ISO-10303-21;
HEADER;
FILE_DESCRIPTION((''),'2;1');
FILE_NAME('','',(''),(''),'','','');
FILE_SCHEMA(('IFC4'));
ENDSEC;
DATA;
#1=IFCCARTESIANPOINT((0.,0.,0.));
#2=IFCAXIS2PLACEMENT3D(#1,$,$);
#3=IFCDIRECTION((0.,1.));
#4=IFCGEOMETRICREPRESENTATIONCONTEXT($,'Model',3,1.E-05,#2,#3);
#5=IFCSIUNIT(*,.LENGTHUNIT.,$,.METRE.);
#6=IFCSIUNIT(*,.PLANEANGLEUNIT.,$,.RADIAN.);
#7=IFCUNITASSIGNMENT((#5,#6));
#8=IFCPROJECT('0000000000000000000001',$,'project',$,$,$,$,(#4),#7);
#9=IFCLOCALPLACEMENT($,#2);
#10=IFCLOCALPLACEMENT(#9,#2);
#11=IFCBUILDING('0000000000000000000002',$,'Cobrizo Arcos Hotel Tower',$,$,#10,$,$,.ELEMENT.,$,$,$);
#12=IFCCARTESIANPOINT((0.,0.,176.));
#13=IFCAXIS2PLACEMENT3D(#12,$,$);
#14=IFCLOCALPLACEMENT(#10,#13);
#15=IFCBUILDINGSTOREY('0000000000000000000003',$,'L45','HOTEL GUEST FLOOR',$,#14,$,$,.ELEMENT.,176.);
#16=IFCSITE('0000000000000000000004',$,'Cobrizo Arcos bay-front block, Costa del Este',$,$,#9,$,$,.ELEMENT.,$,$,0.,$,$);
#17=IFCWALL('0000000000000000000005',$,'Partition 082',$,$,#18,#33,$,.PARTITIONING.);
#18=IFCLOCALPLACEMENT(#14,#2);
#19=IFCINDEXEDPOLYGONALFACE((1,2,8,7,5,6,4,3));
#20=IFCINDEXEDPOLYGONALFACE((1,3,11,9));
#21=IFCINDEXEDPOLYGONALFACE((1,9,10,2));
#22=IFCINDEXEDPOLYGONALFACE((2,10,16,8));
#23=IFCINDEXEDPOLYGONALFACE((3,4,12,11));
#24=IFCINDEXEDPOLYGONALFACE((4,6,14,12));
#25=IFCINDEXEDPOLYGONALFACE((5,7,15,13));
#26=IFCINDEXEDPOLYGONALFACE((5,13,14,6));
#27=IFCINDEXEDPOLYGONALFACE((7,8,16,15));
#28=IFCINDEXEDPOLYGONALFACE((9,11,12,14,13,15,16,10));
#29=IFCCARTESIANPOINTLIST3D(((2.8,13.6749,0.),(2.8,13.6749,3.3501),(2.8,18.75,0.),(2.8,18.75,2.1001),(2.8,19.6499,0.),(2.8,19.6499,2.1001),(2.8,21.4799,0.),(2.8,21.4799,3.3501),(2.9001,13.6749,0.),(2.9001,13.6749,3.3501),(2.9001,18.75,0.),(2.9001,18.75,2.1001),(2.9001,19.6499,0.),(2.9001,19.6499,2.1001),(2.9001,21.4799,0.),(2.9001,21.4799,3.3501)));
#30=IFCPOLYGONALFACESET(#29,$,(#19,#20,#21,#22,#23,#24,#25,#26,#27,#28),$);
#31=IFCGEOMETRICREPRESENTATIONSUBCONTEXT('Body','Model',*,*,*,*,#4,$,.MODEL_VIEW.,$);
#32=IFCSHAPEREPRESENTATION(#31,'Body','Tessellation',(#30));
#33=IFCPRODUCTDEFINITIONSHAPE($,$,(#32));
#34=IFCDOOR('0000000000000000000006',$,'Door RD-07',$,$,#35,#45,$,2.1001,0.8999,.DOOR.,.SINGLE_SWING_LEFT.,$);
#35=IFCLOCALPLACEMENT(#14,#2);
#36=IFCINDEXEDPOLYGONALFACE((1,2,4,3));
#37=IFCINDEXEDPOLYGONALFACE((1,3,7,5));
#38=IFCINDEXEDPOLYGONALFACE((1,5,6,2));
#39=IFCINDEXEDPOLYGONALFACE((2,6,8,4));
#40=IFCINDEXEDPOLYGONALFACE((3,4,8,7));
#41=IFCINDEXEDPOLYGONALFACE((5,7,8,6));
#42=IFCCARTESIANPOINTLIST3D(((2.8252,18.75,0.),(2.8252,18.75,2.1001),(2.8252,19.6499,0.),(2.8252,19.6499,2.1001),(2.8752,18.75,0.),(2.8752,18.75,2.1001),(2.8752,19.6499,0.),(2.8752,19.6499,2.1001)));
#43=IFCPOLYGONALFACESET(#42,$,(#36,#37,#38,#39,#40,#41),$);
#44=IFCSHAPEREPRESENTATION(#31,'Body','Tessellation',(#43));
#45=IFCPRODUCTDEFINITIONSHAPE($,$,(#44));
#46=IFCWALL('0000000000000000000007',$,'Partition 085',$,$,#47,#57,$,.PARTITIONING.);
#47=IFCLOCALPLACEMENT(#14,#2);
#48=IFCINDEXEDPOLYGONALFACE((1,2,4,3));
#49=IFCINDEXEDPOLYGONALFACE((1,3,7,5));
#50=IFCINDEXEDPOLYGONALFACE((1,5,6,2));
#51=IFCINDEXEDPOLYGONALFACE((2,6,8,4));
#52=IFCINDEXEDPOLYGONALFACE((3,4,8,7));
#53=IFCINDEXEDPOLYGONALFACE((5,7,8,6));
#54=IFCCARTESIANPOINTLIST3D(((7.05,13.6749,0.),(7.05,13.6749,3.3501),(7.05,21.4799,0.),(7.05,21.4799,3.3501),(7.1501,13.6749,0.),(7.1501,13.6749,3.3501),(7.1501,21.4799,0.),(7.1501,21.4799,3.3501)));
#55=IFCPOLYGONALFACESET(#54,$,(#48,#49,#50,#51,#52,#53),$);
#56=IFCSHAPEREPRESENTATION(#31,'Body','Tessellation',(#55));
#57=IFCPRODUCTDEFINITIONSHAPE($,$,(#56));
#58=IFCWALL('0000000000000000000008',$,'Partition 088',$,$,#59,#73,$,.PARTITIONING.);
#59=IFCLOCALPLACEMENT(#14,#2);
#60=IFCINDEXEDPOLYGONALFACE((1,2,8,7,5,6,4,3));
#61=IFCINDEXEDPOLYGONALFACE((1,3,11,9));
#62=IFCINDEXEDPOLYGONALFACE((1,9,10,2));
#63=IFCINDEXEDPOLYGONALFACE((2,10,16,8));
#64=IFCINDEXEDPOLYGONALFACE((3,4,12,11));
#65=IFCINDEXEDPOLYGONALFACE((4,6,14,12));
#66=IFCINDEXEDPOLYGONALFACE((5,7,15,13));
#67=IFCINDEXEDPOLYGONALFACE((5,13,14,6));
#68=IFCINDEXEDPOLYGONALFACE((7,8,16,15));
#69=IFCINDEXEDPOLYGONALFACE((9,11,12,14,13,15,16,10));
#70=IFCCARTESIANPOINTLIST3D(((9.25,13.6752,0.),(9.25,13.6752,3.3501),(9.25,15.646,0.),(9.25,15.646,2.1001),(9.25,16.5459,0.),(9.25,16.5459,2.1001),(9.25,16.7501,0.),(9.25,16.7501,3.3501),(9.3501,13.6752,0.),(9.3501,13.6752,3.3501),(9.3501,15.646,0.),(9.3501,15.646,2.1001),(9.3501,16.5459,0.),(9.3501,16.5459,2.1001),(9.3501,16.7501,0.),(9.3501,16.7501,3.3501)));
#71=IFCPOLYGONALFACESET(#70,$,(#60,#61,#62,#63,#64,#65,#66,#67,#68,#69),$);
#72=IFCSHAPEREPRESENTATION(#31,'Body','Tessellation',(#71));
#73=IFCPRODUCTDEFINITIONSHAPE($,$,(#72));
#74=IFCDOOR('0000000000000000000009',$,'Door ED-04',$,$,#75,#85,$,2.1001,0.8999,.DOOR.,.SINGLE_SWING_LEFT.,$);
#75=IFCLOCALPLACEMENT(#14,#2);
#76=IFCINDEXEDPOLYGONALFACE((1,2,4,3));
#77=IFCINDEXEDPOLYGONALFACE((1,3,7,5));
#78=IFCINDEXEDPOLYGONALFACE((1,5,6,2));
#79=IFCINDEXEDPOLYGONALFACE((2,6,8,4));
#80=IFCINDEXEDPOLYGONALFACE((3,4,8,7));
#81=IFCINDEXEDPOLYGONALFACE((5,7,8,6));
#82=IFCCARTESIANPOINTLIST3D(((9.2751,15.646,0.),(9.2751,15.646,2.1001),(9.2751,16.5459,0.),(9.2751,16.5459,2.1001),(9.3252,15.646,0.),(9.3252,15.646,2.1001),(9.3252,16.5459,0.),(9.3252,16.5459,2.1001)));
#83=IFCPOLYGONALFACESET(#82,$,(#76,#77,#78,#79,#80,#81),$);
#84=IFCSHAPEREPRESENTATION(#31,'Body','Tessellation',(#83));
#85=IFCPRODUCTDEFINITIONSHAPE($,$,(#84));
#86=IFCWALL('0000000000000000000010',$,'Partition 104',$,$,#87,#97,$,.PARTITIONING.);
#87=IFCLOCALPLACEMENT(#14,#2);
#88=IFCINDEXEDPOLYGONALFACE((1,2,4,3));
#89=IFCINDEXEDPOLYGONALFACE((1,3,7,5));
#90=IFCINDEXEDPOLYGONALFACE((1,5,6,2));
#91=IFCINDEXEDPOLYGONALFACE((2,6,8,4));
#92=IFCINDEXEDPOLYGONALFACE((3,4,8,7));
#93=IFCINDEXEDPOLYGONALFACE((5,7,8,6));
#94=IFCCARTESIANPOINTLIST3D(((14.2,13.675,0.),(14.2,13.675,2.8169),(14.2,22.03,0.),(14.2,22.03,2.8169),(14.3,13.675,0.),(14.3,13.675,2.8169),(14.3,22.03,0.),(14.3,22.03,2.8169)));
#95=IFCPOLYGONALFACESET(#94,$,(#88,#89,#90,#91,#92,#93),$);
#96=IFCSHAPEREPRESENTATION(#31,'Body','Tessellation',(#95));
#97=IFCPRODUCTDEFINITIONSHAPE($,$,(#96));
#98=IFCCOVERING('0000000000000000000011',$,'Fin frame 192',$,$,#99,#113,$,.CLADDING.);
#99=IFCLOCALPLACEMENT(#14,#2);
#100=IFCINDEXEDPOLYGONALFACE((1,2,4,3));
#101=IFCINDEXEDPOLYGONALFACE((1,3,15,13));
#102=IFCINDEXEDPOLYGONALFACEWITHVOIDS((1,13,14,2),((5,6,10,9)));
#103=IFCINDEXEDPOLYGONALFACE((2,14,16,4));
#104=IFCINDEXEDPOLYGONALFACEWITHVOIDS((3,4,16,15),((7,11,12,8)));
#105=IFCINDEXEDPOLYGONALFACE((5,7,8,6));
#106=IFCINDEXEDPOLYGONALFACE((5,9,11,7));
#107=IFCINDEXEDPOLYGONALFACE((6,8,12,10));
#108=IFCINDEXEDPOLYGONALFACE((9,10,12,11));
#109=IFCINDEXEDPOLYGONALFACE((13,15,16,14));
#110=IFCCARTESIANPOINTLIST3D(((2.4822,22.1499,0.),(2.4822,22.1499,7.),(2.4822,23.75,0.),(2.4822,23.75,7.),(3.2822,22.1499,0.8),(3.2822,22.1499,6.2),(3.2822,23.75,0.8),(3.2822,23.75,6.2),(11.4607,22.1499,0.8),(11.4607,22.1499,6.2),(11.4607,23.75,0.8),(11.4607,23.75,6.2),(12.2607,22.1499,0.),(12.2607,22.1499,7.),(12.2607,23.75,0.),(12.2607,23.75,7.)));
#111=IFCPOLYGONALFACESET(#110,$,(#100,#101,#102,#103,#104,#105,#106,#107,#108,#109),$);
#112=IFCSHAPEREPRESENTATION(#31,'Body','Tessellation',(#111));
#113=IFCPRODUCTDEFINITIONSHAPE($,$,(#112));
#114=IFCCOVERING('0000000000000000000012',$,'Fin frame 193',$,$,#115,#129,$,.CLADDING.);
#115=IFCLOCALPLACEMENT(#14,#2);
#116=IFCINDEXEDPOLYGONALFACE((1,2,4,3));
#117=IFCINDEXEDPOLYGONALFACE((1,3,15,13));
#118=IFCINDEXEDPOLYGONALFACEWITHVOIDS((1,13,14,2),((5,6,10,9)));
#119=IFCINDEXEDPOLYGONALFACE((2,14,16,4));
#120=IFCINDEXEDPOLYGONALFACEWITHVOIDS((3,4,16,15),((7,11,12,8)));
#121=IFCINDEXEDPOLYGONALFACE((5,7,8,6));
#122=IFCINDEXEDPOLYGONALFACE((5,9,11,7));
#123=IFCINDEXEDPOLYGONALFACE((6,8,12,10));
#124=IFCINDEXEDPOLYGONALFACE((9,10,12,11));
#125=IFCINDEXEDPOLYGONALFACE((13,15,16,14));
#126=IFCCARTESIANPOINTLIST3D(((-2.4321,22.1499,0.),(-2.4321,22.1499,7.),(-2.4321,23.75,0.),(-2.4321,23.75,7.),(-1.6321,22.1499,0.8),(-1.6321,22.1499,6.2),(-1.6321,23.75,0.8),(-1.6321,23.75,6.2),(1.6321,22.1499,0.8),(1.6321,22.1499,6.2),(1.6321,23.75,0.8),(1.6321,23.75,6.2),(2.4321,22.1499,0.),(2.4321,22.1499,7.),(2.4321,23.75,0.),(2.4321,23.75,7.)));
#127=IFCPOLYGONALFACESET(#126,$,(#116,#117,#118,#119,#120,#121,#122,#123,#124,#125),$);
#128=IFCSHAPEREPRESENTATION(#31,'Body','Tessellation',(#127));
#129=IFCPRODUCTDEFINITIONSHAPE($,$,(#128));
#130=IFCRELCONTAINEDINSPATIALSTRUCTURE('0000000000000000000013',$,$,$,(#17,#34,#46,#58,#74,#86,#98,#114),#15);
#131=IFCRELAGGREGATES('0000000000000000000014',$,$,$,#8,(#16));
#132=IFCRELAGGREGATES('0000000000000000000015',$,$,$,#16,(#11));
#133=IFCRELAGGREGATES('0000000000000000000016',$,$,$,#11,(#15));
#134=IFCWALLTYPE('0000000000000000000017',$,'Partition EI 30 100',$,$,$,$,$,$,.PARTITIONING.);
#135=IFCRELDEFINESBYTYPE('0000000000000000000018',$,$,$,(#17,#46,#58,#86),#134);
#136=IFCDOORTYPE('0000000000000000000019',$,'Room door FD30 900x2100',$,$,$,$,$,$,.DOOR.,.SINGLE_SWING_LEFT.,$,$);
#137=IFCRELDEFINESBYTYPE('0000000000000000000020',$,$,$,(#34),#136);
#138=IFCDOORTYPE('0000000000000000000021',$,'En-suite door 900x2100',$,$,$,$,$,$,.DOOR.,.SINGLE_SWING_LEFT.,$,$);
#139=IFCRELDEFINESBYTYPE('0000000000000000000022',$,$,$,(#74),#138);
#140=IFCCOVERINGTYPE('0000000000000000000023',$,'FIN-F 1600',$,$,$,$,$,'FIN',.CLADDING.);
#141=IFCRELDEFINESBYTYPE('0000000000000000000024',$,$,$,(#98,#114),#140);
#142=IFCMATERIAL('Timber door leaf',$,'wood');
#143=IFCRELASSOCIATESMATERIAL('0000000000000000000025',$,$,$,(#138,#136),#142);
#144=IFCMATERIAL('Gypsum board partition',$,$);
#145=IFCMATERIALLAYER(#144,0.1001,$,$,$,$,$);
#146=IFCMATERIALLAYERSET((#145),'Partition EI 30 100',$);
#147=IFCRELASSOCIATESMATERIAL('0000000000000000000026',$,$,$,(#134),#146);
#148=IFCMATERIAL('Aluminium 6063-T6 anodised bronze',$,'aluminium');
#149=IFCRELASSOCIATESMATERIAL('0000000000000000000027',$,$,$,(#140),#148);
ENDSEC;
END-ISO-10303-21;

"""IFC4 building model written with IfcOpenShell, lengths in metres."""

from ifc_helpers import new_model, si_unit, direction, frame, frame_2d, origin, place, context, subcontext, project, spatial, polyline, rectangle, outline, extrude, material, layer, layer_set, type_object, element, fill, save


model = new_model("IFC4")

# Units and contexts
model_context = context("Model", 3, precision=1e-05, world=origin(), true_north=direction((0.0, 1.0)))
body_context = subcontext(model_context, "Body", "Model", "MODEL_VIEW")
ifc_project = project(units=[si_unit("LENGTHUNIT", "METRE"), si_unit("PLANEANGLEUNIT", "RADIAN")], contexts=[model_context])

# Site, building, storey
site_placement = place(None, origin())
site = spatial("IfcSite", under=ifc_project, at=site_placement, Name="Cobrizo Arcos bay-front block, Costa del Este", CompositionType="ELEMENT", RefElevation=0.0)
building_placement = place(site_placement, origin())
building = spatial("IfcBuilding", under=site, at=building_placement, Name="Cobrizo Arcos Hotel Tower", CompositionType="ELEMENT")
storey_placement = place(building_placement, frame((0.0, 0.0, 176.0)))
storey = spatial("IfcBuildingStorey", under=building, at=storey_placement, Name="L45", Description="HOTEL GUEST FLOOR", CompositionType="ELEMENT", Elevation=176.0)

# Shared definitions
ifc_material_1 = material(Name="Aluminium 6063-T6 anodised bronze", Category="aluminium")

# Shared definitions
ifc_material_2 = material(Name="Gypsum board partition")
ifc_material_3 = material(Name="Timber door leaf", Category="wood")
door_type_1 = type_object("IfcDoorType", Name="En-suite door 900x2100", OperationType="SINGLE_SWING_LEFT", PredefinedType="DOOR", material=ifc_material_3)

# Shared definitions
ifc_layer_1 = layer(ifc_material_2, 0.1001)
ifc_layer_set_1 = layer_set([ifc_layer_1], Name="Partition EI 30 100")
wall_type_1 = type_object("IfcWallType", Name="Partition EI 30 100", PredefinedType="PARTITIONING", material=ifc_layer_set_1)

# Wall, opening, door
wall_1_placement = place(storey_placement, frame((2.8501, 13.675, 0.0), z_axis=(0.0, 0.0, 1.0), x_axis=(0.0, 1.0, 0.0)))
wall_1 = element("IfcWall", 1, at=wall_1_placement, inside=storey, type_object=wall_type_1, Name="Partition 082", PredefinedType="PARTITIONING", context=body_context, shape_type="SweptSolid", body=[
    extrude(rectangle(XDim=7.8049, YDim=0.1001, at=frame_2d((3.9023, 0.0))), origin(), (0.0, 0.0, 1.0), 3.3501),
])
opening_1_placement = place(wall_1_placement, frame((5.075, 0.0, 0.0)))
opening_1 = element("IfcOpeningElement", 2, at=opening_1_placement, cuts=wall_1, PredefinedType="OPENING", context=body_context, shape_type="SweptSolid", body=[
    extrude(rectangle(XDim=0.8999, YDim=2.1001, at=frame_2d((0.45, 1.05))), frame((0.0, 0.062, 0.0), z_axis=(0.0, -1.0, 0.0), x_axis=(1.0, 0.0, 0.0)), (0.0, 0.0, 1.0), 0.124),
])
door_type_2 = type_object("IfcDoorType", Name="Room door FD30 900x2100", OperationType="SINGLE_SWING_LEFT", PredefinedType="DOOR", material=ifc_material_3)
door_1_placement = place(opening_1_placement, origin())
door_1 = element("IfcDoor", 3, at=door_1_placement, inside=storey, type_object=door_type_2, Name="Door RD-07", OperationType="SINGLE_SWING_LEFT", OverallHeight=2.1001, OverallWidth=0.8999, PredefinedType="DOOR", context=body_context, shape_type="SweptSolid", body=[
    extrude(rectangle(XDim=0.8999, YDim=2.1001, at=frame_2d((0.45, 1.05))), frame((0.0, 0.0249, 0.0), z_axis=(0.0, -1.0, 0.0), x_axis=(1.0, 0.0, 0.0)), (0.0, 0.0, 1.0), 0.05),
])
fill(opening_1, door_1)

# Wall
wall_2_placement = place(storey_placement, frame((7.1001, 13.675, 0.0), z_axis=(0.0, 0.0, 1.0), x_axis=(0.0, 1.0, 0.0)))
element("IfcWall", 4, at=wall_2_placement, inside=storey, type_object=wall_type_1, Name="Partition 085", PredefinedType="PARTITIONING", context=body_context, shape_type="SweptSolid", body=[
    extrude(rectangle(XDim=7.8049, YDim=0.1001, at=frame_2d((3.9023, 0.0))), origin(), (0.0, 0.0, 1.0), 3.3501),
])

# Wall, opening, door
wall_3_placement = place(storey_placement, frame((9.3, 13.675, 0.0), z_axis=(0.0, 0.0, 1.0), x_axis=(0.0, 1.0, 0.0)))
wall_3 = element("IfcWall", 5, at=wall_3_placement, inside=storey, type_object=wall_type_1, Name="Partition 088", PredefinedType="PARTITIONING", context=body_context, shape_type="SweptSolid", body=[
    extrude(rectangle(XDim=3.075, YDim=0.1001, at=frame_2d((1.5376, 0.0))), origin(), (0.0, 0.0, 1.0), 3.3501),
])
opening_2_placement = place(wall_3_placement, frame((1.9709, 0.0, 0.0)))
opening_2 = element("IfcOpeningElement", 6, at=opening_2_placement, cuts=wall_3, PredefinedType="OPENING", context=body_context, shape_type="SweptSolid", body=[
    extrude(rectangle(XDim=0.8999, YDim=2.1001, at=frame_2d((0.45, 1.05))), frame((0.0, 0.062, 0.0), z_axis=(0.0, -1.0, 0.0), x_axis=(1.0, 0.0, 0.0)), (0.0, 0.0, 1.0), 0.124),
])
door_2_placement = place(opening_2_placement, origin())
door_2 = element("IfcDoor", 7, at=door_2_placement, inside=storey, type_object=door_type_1, Name="Door ED-04", OperationType="SINGLE_SWING_LEFT", OverallHeight=2.1001, OverallWidth=0.8999, PredefinedType="DOOR", context=body_context, shape_type="SweptSolid", body=[
    extrude(rectangle(XDim=0.8999, YDim=2.1001, at=frame_2d((0.45, 1.05))), frame((0.0, 0.0249, 0.0), z_axis=(0.0, -1.0, 0.0), x_axis=(1.0, 0.0, 0.0)), (0.0, 0.0, 1.0), 0.05),
])
fill(opening_2, door_2)

# Wall
wall_4_placement = place(storey_placement, frame((14.25, 13.675, 0.0), z_axis=(0.0, 0.0, 1.0), x_axis=(0.0, 1.0, 0.0)))
element("IfcWall", 8, at=wall_4_placement, inside=storey, type_object=wall_type_1, Name="Partition 104", PredefinedType="PARTITIONING", context=body_context, shape_type="SweptSolid", body=[
    extrude(rectangle(XDim=8.355, YDim=0.1001, at=frame_2d((4.1775, 0.0))), origin(), (0.0, 0.0, 1.0), 2.8169),
])

# Coverings
covering_type = type_object("IfcCoveringType", Name="FIN-F 1600", ElementType="FIN", PredefinedType="CLADDING", material=ifc_material_1)
covering_1_placement = place(storey_placement, frame((12.2607, 22.1499, 0.0), z_axis=(0.0, 1.0, 0.0), x_axis=(-1.0, 0.0, 0.0)))
element("IfcCovering", 9, at=covering_1_placement, inside=storey, type_object=covering_type, Name="Fin frame 192", PredefinedType="CLADDING", context=body_context, shape_type="SweptSolid", body=[
    extrude(outline(polyline([(0.0, 7.0), (0.0, 0.0), (9.7786, 0.0), (9.7786, 7.0), (0.0, 7.0)]), holes=[polyline([(8.9785, 0.8), (0.8, 0.8), (0.8, 6.2), (8.9785, 6.2), (8.9785, 0.8)])]), origin(), (0.0, 0.0, 1.0), 1.6001),
])
covering_2_placement = place(storey_placement, frame((2.4321, 22.1499, 0.0), z_axis=(0.0, 1.0, 0.0), x_axis=(-1.0, 0.0, 0.0)))
element("IfcCovering", 10, at=covering_2_placement, inside=storey, type_object=covering_type, Name="Fin frame 193", PredefinedType="CLADDING", context=body_context, shape_type="SweptSolid", body=[
    extrude(outline(polyline([(0.0, 7.0), (0.0, 0.0), (4.8643, 0.0), (4.8643, 7.0), (0.0, 7.0)]), holes=[polyline([(4.0642, 0.8), (0.8, 0.8), (0.8, 6.2), (4.0642, 6.2), (4.0642, 0.8)])]), origin(), (0.0, 0.0, 1.0), 1.6001),
])

save(model, "model.ifc")
